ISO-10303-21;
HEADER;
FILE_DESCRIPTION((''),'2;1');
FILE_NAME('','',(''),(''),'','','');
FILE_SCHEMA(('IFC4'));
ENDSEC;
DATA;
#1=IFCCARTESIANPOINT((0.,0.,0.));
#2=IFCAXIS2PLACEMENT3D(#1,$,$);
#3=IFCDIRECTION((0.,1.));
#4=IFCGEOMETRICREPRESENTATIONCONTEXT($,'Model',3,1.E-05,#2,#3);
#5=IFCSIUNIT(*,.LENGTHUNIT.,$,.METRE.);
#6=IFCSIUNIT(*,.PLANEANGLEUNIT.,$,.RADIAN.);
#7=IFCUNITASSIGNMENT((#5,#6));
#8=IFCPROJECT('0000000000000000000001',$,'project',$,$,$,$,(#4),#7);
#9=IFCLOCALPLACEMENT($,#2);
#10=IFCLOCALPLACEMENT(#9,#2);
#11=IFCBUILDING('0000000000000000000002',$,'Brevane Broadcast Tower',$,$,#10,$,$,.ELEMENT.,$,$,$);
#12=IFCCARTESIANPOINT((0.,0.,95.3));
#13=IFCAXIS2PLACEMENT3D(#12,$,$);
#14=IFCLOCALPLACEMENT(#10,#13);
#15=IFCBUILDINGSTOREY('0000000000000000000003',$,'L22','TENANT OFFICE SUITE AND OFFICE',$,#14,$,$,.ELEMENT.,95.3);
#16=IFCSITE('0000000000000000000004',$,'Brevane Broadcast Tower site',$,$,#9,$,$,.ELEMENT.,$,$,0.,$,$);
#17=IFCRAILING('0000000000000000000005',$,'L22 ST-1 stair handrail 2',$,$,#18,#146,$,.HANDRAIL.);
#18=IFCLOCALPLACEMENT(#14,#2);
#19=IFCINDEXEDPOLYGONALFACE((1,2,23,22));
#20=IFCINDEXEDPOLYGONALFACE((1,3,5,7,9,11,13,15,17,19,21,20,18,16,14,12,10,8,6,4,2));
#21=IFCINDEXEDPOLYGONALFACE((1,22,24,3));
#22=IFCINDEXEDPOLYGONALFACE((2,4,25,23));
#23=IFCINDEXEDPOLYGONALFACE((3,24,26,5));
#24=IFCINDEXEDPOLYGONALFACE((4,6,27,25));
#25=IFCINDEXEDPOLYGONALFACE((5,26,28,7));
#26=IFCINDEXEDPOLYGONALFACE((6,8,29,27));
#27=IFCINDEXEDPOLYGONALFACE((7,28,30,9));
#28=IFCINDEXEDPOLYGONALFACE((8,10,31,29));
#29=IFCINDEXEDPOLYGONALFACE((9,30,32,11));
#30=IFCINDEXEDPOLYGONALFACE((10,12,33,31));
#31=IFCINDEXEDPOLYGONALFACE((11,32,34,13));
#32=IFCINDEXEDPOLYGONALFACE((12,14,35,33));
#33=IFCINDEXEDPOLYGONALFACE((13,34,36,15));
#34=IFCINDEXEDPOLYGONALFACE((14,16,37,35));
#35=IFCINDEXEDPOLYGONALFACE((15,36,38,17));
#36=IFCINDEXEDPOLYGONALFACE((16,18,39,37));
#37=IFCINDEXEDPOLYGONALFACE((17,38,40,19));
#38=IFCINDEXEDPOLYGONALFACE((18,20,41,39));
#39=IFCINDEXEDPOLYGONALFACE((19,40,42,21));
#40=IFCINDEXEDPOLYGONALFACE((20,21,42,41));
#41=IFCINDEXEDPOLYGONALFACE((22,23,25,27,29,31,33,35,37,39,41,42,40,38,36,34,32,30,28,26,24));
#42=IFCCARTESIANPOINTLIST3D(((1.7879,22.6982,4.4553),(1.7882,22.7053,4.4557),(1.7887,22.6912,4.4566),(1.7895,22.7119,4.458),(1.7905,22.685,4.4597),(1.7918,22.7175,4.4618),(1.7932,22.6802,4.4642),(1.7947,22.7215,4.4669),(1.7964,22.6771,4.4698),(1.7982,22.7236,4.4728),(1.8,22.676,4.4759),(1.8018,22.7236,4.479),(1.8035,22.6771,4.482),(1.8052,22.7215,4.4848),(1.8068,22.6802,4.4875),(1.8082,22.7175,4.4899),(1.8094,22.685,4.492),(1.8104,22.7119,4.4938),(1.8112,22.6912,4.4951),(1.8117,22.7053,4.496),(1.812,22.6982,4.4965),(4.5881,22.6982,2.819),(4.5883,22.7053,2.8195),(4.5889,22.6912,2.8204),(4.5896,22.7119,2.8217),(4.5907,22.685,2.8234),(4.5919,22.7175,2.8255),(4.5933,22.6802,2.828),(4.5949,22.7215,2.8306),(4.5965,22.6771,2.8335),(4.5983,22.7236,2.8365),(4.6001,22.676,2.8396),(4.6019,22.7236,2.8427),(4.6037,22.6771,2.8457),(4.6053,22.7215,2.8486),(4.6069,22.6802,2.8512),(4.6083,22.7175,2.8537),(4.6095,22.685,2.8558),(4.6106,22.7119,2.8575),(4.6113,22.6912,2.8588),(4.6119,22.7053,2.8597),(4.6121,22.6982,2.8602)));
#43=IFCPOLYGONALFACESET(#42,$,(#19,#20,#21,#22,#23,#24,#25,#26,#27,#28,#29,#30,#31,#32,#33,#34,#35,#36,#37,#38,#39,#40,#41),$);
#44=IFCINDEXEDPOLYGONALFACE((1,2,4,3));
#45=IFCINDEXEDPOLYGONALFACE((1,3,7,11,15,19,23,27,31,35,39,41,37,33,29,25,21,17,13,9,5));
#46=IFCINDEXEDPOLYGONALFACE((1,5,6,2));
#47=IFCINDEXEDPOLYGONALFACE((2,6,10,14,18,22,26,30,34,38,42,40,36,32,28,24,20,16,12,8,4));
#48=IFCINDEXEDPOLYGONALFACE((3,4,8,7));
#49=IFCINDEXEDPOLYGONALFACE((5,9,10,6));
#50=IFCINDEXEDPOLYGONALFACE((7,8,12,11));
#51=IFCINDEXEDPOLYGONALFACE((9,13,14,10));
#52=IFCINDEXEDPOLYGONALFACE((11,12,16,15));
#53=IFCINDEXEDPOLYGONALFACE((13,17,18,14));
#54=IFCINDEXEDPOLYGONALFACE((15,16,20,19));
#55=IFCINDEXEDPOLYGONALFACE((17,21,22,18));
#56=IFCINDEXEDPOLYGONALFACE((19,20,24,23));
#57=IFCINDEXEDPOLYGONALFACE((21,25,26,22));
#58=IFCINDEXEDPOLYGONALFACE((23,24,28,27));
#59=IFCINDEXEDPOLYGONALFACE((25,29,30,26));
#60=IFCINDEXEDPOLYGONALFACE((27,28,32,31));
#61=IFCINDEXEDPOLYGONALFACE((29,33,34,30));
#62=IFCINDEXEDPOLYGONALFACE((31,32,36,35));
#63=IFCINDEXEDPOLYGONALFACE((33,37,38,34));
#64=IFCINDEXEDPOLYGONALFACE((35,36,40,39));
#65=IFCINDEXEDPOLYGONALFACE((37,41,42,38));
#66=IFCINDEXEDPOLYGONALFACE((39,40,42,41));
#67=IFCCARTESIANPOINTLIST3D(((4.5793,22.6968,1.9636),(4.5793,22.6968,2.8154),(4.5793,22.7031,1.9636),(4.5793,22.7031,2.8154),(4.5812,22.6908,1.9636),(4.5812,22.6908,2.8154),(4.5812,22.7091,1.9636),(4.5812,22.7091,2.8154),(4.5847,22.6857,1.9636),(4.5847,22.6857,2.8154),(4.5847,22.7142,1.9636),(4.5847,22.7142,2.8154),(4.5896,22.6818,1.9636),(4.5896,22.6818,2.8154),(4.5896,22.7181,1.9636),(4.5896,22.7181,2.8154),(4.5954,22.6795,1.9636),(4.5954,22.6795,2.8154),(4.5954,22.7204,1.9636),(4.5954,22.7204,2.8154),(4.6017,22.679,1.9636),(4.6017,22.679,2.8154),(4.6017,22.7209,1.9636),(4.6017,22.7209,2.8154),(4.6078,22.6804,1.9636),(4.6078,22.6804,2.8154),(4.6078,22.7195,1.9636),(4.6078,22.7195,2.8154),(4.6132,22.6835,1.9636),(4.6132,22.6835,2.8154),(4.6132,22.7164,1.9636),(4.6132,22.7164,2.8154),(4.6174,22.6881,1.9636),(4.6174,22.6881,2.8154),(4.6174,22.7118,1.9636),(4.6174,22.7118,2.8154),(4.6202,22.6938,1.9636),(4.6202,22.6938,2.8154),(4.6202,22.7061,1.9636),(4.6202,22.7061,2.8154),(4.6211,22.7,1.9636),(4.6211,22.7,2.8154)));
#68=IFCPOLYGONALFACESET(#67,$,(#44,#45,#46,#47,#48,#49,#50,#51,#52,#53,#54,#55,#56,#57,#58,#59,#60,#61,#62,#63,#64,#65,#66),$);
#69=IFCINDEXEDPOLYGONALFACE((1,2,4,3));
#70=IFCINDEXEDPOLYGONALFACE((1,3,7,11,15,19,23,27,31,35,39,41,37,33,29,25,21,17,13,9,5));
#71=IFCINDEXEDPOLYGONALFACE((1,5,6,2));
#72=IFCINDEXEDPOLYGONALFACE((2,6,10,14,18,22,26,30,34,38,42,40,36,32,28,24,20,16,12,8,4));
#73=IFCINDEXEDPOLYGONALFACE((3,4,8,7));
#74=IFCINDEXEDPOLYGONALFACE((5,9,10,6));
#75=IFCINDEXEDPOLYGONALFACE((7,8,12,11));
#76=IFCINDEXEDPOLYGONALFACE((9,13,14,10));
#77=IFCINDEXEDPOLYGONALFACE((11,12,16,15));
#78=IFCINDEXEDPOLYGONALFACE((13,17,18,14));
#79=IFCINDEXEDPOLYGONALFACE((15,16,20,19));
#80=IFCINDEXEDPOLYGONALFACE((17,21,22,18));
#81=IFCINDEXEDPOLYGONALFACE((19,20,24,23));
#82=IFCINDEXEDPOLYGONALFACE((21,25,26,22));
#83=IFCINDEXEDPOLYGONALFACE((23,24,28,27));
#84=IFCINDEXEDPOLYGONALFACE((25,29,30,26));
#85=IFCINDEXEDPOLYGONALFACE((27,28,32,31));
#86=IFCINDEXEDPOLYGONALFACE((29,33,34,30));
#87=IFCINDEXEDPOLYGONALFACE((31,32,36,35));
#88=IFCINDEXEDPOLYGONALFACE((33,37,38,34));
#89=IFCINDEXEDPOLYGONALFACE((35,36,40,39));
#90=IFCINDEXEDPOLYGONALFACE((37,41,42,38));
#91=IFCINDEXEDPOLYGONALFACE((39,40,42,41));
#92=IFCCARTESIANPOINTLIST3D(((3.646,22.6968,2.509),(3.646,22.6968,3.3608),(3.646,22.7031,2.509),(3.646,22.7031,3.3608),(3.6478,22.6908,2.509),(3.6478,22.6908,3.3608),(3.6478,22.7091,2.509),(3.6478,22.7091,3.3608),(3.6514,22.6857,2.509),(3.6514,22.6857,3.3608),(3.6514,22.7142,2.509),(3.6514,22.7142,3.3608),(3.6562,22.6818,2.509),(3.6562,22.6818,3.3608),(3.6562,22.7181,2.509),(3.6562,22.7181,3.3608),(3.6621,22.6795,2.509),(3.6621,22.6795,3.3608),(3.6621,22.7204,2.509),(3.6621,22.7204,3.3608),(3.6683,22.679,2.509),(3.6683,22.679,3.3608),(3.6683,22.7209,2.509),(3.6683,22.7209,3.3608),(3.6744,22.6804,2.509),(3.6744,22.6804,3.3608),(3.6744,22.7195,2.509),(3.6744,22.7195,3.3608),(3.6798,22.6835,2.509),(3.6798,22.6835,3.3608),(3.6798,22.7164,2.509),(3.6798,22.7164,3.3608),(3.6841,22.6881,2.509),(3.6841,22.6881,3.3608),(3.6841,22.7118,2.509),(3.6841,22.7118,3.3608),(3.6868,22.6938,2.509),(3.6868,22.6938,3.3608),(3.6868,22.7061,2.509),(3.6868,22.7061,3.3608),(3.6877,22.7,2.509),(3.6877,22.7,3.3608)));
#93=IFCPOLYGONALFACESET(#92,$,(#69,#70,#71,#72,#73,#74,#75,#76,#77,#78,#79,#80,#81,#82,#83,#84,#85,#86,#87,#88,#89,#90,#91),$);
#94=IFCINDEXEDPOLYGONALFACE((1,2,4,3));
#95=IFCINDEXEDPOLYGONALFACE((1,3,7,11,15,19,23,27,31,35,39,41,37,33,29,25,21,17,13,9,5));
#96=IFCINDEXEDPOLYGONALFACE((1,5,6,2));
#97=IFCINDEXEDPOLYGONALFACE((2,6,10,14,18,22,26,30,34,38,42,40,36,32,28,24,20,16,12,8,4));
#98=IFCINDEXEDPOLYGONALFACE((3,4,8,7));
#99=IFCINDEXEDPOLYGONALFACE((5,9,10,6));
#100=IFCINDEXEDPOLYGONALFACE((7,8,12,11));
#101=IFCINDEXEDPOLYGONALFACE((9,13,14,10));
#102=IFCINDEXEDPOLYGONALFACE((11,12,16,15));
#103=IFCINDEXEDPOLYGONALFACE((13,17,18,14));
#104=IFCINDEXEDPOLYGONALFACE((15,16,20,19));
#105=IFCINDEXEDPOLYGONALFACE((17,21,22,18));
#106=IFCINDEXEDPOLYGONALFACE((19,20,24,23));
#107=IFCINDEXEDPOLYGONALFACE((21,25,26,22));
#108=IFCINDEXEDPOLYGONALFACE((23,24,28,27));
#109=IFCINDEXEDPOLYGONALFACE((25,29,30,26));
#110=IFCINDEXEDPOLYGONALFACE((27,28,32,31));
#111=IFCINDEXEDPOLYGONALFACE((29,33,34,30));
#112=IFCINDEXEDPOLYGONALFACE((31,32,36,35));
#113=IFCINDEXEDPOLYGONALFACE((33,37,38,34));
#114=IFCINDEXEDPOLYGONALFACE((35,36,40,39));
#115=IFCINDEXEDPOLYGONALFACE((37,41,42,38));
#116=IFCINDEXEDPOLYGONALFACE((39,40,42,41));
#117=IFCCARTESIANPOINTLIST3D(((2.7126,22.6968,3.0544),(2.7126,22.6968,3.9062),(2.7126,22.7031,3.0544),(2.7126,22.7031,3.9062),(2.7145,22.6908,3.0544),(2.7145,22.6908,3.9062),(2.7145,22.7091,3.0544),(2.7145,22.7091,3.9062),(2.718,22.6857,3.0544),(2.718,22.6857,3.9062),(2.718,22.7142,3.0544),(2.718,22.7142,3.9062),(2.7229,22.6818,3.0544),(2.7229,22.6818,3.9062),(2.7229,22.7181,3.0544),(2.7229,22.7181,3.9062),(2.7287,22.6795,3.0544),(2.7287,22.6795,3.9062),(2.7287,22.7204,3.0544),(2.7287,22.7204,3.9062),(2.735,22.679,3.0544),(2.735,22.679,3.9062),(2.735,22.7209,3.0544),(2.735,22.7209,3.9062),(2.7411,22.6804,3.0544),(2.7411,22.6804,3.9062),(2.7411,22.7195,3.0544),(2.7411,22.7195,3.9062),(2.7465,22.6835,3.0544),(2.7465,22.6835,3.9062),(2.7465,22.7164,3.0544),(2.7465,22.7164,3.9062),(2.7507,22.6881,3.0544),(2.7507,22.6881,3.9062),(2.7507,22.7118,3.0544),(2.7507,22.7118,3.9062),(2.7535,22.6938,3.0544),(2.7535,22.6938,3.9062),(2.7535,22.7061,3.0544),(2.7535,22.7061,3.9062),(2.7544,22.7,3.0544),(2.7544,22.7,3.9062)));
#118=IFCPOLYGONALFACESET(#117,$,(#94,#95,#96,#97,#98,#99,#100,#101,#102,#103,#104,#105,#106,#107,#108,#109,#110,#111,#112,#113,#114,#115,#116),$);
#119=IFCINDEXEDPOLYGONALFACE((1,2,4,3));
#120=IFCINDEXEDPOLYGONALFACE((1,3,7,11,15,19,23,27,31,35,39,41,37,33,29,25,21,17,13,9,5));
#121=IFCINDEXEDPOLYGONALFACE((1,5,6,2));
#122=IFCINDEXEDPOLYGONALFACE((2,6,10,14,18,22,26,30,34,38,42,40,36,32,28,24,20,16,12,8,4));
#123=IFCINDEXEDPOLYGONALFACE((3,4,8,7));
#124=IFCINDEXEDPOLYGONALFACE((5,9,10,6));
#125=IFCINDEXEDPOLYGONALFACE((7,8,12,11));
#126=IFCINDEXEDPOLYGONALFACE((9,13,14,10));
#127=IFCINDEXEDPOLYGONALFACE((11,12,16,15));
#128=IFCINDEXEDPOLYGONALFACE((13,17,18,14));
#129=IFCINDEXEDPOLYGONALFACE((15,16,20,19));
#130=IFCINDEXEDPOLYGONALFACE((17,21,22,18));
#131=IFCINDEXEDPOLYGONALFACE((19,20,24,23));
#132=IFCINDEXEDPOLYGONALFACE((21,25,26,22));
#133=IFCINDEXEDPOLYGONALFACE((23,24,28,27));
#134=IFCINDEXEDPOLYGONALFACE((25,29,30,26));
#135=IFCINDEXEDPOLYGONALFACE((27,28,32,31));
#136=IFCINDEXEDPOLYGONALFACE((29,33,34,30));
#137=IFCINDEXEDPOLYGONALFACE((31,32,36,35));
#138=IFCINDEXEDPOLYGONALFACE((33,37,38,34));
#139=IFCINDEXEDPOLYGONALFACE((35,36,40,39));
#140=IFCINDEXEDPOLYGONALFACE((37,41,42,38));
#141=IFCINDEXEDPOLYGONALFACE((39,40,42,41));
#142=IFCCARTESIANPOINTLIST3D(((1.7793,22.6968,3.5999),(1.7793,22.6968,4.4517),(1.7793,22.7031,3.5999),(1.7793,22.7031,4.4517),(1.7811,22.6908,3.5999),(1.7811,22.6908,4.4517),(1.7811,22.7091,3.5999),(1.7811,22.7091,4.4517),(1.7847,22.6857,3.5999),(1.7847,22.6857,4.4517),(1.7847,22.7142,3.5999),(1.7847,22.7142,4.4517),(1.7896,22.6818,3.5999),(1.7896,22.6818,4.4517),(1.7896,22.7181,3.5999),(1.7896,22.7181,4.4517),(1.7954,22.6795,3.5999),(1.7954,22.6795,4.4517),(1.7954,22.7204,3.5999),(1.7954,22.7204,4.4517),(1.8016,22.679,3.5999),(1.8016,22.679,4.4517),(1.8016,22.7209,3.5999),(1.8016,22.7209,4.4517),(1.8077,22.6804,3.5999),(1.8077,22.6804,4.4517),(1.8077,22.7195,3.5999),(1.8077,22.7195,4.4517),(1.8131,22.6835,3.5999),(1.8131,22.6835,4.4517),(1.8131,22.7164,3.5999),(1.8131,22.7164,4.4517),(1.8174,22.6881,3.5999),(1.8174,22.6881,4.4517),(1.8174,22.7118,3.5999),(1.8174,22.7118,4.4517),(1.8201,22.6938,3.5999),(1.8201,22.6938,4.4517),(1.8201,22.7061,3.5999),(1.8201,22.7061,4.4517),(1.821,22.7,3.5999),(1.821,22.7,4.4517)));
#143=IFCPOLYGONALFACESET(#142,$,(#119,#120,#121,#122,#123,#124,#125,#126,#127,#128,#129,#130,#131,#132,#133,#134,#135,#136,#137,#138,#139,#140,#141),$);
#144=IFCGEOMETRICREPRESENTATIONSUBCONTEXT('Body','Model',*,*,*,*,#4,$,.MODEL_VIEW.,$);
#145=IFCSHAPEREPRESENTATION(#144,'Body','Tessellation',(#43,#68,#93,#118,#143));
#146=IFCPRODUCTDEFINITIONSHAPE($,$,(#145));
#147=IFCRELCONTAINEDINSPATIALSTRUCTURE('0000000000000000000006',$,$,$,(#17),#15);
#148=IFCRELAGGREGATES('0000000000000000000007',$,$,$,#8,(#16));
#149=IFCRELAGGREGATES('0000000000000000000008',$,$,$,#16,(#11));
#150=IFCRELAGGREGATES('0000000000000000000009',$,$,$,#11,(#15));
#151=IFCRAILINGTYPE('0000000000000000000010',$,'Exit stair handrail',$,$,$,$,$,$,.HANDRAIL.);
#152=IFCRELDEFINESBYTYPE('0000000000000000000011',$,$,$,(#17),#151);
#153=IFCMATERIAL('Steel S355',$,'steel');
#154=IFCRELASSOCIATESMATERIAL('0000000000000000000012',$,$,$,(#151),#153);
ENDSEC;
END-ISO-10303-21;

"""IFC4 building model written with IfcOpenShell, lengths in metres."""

from ifc_helpers import new_model, si_unit, direction, frame, origin, origin_2d, place, context, subcontext, project, spatial, circle, extrude, material, type_object, element, save


model = new_model("IFC4")

# Units and contexts
model_context = context("Model", 3, precision=1e-05, world=origin(), true_north=direction((0.0, 1.0)))
body_context = subcontext(model_context, "Body", "Model", "MODEL_VIEW")
ifc_project = project(units=[si_unit("LENGTHUNIT", "METRE"), si_unit("PLANEANGLEUNIT", "RADIAN")], contexts=[model_context])

# Site, building, storey
site_placement = place(None, origin())
site = spatial("IfcSite", under=ifc_project, at=site_placement, Name="Brevane Broadcast Tower site", CompositionType="ELEMENT", RefElevation=0.0)
building_placement = place(site_placement, origin())
building = spatial("IfcBuilding", under=site, at=building_placement, Name="Brevane Broadcast Tower", CompositionType="ELEMENT")
storey_placement = place(building_placement, frame((0.0, 0.0, 95.3)))
storey = spatial("IfcBuildingStorey", under=building, at=storey_placement, Name="L22", Description="TENANT OFFICE SUITE AND OFFICE", CompositionType="ELEMENT", Elevation=95.3)

# Railing
ifc_material_1 = material(Name="Steel S355", Category="steel")
railing_type_1 = type_object("IfcRailingType", Name="Exit stair handrail", PredefinedType="HANDRAIL", material=ifc_material_1)
railing_1_placement = place(storey_placement, frame((4.6001, 22.7, 1.9636)))
element("IfcRailing", 1, at=railing_1_placement, inside=storey, type_object=railing_type_1, Name="L22 ST-1 stair handrail 2", PredefinedType="HANDRAIL", context=body_context, shape_type="SweptSolid", body=[
    extrude(circle(Radius=0.0239, at=origin_2d()), frame((0.0, 0.0, 0.876), z_axis=(-0.863394, 0.0, 0.504531), x_axis=(0.0, -1.0, 0.0)), (0.0, 0.0, 1.0), 3.2432),
    extrude(circle(Radius=0.021, at=origin_2d()), origin(), (0.0, 0.0, 1.0), 0.8518),
    extrude(circle(Radius=0.021, at=origin_2d()), frame((-0.9333, 0.0, 0.5454)), (0.0, 0.0, 1.0), 0.8518),
    extrude(circle(Radius=0.021, at=origin_2d()), frame((-1.8667, 0.0, 1.0908)), (0.0, 0.0, 1.0), 0.8518),
    extrude(circle(Radius=0.021, at=origin_2d()), frame((-2.8, 0.0, 1.6362)), (0.0, 0.0, 1.0), 0.8518),
])

save(model, "model.ifc")
